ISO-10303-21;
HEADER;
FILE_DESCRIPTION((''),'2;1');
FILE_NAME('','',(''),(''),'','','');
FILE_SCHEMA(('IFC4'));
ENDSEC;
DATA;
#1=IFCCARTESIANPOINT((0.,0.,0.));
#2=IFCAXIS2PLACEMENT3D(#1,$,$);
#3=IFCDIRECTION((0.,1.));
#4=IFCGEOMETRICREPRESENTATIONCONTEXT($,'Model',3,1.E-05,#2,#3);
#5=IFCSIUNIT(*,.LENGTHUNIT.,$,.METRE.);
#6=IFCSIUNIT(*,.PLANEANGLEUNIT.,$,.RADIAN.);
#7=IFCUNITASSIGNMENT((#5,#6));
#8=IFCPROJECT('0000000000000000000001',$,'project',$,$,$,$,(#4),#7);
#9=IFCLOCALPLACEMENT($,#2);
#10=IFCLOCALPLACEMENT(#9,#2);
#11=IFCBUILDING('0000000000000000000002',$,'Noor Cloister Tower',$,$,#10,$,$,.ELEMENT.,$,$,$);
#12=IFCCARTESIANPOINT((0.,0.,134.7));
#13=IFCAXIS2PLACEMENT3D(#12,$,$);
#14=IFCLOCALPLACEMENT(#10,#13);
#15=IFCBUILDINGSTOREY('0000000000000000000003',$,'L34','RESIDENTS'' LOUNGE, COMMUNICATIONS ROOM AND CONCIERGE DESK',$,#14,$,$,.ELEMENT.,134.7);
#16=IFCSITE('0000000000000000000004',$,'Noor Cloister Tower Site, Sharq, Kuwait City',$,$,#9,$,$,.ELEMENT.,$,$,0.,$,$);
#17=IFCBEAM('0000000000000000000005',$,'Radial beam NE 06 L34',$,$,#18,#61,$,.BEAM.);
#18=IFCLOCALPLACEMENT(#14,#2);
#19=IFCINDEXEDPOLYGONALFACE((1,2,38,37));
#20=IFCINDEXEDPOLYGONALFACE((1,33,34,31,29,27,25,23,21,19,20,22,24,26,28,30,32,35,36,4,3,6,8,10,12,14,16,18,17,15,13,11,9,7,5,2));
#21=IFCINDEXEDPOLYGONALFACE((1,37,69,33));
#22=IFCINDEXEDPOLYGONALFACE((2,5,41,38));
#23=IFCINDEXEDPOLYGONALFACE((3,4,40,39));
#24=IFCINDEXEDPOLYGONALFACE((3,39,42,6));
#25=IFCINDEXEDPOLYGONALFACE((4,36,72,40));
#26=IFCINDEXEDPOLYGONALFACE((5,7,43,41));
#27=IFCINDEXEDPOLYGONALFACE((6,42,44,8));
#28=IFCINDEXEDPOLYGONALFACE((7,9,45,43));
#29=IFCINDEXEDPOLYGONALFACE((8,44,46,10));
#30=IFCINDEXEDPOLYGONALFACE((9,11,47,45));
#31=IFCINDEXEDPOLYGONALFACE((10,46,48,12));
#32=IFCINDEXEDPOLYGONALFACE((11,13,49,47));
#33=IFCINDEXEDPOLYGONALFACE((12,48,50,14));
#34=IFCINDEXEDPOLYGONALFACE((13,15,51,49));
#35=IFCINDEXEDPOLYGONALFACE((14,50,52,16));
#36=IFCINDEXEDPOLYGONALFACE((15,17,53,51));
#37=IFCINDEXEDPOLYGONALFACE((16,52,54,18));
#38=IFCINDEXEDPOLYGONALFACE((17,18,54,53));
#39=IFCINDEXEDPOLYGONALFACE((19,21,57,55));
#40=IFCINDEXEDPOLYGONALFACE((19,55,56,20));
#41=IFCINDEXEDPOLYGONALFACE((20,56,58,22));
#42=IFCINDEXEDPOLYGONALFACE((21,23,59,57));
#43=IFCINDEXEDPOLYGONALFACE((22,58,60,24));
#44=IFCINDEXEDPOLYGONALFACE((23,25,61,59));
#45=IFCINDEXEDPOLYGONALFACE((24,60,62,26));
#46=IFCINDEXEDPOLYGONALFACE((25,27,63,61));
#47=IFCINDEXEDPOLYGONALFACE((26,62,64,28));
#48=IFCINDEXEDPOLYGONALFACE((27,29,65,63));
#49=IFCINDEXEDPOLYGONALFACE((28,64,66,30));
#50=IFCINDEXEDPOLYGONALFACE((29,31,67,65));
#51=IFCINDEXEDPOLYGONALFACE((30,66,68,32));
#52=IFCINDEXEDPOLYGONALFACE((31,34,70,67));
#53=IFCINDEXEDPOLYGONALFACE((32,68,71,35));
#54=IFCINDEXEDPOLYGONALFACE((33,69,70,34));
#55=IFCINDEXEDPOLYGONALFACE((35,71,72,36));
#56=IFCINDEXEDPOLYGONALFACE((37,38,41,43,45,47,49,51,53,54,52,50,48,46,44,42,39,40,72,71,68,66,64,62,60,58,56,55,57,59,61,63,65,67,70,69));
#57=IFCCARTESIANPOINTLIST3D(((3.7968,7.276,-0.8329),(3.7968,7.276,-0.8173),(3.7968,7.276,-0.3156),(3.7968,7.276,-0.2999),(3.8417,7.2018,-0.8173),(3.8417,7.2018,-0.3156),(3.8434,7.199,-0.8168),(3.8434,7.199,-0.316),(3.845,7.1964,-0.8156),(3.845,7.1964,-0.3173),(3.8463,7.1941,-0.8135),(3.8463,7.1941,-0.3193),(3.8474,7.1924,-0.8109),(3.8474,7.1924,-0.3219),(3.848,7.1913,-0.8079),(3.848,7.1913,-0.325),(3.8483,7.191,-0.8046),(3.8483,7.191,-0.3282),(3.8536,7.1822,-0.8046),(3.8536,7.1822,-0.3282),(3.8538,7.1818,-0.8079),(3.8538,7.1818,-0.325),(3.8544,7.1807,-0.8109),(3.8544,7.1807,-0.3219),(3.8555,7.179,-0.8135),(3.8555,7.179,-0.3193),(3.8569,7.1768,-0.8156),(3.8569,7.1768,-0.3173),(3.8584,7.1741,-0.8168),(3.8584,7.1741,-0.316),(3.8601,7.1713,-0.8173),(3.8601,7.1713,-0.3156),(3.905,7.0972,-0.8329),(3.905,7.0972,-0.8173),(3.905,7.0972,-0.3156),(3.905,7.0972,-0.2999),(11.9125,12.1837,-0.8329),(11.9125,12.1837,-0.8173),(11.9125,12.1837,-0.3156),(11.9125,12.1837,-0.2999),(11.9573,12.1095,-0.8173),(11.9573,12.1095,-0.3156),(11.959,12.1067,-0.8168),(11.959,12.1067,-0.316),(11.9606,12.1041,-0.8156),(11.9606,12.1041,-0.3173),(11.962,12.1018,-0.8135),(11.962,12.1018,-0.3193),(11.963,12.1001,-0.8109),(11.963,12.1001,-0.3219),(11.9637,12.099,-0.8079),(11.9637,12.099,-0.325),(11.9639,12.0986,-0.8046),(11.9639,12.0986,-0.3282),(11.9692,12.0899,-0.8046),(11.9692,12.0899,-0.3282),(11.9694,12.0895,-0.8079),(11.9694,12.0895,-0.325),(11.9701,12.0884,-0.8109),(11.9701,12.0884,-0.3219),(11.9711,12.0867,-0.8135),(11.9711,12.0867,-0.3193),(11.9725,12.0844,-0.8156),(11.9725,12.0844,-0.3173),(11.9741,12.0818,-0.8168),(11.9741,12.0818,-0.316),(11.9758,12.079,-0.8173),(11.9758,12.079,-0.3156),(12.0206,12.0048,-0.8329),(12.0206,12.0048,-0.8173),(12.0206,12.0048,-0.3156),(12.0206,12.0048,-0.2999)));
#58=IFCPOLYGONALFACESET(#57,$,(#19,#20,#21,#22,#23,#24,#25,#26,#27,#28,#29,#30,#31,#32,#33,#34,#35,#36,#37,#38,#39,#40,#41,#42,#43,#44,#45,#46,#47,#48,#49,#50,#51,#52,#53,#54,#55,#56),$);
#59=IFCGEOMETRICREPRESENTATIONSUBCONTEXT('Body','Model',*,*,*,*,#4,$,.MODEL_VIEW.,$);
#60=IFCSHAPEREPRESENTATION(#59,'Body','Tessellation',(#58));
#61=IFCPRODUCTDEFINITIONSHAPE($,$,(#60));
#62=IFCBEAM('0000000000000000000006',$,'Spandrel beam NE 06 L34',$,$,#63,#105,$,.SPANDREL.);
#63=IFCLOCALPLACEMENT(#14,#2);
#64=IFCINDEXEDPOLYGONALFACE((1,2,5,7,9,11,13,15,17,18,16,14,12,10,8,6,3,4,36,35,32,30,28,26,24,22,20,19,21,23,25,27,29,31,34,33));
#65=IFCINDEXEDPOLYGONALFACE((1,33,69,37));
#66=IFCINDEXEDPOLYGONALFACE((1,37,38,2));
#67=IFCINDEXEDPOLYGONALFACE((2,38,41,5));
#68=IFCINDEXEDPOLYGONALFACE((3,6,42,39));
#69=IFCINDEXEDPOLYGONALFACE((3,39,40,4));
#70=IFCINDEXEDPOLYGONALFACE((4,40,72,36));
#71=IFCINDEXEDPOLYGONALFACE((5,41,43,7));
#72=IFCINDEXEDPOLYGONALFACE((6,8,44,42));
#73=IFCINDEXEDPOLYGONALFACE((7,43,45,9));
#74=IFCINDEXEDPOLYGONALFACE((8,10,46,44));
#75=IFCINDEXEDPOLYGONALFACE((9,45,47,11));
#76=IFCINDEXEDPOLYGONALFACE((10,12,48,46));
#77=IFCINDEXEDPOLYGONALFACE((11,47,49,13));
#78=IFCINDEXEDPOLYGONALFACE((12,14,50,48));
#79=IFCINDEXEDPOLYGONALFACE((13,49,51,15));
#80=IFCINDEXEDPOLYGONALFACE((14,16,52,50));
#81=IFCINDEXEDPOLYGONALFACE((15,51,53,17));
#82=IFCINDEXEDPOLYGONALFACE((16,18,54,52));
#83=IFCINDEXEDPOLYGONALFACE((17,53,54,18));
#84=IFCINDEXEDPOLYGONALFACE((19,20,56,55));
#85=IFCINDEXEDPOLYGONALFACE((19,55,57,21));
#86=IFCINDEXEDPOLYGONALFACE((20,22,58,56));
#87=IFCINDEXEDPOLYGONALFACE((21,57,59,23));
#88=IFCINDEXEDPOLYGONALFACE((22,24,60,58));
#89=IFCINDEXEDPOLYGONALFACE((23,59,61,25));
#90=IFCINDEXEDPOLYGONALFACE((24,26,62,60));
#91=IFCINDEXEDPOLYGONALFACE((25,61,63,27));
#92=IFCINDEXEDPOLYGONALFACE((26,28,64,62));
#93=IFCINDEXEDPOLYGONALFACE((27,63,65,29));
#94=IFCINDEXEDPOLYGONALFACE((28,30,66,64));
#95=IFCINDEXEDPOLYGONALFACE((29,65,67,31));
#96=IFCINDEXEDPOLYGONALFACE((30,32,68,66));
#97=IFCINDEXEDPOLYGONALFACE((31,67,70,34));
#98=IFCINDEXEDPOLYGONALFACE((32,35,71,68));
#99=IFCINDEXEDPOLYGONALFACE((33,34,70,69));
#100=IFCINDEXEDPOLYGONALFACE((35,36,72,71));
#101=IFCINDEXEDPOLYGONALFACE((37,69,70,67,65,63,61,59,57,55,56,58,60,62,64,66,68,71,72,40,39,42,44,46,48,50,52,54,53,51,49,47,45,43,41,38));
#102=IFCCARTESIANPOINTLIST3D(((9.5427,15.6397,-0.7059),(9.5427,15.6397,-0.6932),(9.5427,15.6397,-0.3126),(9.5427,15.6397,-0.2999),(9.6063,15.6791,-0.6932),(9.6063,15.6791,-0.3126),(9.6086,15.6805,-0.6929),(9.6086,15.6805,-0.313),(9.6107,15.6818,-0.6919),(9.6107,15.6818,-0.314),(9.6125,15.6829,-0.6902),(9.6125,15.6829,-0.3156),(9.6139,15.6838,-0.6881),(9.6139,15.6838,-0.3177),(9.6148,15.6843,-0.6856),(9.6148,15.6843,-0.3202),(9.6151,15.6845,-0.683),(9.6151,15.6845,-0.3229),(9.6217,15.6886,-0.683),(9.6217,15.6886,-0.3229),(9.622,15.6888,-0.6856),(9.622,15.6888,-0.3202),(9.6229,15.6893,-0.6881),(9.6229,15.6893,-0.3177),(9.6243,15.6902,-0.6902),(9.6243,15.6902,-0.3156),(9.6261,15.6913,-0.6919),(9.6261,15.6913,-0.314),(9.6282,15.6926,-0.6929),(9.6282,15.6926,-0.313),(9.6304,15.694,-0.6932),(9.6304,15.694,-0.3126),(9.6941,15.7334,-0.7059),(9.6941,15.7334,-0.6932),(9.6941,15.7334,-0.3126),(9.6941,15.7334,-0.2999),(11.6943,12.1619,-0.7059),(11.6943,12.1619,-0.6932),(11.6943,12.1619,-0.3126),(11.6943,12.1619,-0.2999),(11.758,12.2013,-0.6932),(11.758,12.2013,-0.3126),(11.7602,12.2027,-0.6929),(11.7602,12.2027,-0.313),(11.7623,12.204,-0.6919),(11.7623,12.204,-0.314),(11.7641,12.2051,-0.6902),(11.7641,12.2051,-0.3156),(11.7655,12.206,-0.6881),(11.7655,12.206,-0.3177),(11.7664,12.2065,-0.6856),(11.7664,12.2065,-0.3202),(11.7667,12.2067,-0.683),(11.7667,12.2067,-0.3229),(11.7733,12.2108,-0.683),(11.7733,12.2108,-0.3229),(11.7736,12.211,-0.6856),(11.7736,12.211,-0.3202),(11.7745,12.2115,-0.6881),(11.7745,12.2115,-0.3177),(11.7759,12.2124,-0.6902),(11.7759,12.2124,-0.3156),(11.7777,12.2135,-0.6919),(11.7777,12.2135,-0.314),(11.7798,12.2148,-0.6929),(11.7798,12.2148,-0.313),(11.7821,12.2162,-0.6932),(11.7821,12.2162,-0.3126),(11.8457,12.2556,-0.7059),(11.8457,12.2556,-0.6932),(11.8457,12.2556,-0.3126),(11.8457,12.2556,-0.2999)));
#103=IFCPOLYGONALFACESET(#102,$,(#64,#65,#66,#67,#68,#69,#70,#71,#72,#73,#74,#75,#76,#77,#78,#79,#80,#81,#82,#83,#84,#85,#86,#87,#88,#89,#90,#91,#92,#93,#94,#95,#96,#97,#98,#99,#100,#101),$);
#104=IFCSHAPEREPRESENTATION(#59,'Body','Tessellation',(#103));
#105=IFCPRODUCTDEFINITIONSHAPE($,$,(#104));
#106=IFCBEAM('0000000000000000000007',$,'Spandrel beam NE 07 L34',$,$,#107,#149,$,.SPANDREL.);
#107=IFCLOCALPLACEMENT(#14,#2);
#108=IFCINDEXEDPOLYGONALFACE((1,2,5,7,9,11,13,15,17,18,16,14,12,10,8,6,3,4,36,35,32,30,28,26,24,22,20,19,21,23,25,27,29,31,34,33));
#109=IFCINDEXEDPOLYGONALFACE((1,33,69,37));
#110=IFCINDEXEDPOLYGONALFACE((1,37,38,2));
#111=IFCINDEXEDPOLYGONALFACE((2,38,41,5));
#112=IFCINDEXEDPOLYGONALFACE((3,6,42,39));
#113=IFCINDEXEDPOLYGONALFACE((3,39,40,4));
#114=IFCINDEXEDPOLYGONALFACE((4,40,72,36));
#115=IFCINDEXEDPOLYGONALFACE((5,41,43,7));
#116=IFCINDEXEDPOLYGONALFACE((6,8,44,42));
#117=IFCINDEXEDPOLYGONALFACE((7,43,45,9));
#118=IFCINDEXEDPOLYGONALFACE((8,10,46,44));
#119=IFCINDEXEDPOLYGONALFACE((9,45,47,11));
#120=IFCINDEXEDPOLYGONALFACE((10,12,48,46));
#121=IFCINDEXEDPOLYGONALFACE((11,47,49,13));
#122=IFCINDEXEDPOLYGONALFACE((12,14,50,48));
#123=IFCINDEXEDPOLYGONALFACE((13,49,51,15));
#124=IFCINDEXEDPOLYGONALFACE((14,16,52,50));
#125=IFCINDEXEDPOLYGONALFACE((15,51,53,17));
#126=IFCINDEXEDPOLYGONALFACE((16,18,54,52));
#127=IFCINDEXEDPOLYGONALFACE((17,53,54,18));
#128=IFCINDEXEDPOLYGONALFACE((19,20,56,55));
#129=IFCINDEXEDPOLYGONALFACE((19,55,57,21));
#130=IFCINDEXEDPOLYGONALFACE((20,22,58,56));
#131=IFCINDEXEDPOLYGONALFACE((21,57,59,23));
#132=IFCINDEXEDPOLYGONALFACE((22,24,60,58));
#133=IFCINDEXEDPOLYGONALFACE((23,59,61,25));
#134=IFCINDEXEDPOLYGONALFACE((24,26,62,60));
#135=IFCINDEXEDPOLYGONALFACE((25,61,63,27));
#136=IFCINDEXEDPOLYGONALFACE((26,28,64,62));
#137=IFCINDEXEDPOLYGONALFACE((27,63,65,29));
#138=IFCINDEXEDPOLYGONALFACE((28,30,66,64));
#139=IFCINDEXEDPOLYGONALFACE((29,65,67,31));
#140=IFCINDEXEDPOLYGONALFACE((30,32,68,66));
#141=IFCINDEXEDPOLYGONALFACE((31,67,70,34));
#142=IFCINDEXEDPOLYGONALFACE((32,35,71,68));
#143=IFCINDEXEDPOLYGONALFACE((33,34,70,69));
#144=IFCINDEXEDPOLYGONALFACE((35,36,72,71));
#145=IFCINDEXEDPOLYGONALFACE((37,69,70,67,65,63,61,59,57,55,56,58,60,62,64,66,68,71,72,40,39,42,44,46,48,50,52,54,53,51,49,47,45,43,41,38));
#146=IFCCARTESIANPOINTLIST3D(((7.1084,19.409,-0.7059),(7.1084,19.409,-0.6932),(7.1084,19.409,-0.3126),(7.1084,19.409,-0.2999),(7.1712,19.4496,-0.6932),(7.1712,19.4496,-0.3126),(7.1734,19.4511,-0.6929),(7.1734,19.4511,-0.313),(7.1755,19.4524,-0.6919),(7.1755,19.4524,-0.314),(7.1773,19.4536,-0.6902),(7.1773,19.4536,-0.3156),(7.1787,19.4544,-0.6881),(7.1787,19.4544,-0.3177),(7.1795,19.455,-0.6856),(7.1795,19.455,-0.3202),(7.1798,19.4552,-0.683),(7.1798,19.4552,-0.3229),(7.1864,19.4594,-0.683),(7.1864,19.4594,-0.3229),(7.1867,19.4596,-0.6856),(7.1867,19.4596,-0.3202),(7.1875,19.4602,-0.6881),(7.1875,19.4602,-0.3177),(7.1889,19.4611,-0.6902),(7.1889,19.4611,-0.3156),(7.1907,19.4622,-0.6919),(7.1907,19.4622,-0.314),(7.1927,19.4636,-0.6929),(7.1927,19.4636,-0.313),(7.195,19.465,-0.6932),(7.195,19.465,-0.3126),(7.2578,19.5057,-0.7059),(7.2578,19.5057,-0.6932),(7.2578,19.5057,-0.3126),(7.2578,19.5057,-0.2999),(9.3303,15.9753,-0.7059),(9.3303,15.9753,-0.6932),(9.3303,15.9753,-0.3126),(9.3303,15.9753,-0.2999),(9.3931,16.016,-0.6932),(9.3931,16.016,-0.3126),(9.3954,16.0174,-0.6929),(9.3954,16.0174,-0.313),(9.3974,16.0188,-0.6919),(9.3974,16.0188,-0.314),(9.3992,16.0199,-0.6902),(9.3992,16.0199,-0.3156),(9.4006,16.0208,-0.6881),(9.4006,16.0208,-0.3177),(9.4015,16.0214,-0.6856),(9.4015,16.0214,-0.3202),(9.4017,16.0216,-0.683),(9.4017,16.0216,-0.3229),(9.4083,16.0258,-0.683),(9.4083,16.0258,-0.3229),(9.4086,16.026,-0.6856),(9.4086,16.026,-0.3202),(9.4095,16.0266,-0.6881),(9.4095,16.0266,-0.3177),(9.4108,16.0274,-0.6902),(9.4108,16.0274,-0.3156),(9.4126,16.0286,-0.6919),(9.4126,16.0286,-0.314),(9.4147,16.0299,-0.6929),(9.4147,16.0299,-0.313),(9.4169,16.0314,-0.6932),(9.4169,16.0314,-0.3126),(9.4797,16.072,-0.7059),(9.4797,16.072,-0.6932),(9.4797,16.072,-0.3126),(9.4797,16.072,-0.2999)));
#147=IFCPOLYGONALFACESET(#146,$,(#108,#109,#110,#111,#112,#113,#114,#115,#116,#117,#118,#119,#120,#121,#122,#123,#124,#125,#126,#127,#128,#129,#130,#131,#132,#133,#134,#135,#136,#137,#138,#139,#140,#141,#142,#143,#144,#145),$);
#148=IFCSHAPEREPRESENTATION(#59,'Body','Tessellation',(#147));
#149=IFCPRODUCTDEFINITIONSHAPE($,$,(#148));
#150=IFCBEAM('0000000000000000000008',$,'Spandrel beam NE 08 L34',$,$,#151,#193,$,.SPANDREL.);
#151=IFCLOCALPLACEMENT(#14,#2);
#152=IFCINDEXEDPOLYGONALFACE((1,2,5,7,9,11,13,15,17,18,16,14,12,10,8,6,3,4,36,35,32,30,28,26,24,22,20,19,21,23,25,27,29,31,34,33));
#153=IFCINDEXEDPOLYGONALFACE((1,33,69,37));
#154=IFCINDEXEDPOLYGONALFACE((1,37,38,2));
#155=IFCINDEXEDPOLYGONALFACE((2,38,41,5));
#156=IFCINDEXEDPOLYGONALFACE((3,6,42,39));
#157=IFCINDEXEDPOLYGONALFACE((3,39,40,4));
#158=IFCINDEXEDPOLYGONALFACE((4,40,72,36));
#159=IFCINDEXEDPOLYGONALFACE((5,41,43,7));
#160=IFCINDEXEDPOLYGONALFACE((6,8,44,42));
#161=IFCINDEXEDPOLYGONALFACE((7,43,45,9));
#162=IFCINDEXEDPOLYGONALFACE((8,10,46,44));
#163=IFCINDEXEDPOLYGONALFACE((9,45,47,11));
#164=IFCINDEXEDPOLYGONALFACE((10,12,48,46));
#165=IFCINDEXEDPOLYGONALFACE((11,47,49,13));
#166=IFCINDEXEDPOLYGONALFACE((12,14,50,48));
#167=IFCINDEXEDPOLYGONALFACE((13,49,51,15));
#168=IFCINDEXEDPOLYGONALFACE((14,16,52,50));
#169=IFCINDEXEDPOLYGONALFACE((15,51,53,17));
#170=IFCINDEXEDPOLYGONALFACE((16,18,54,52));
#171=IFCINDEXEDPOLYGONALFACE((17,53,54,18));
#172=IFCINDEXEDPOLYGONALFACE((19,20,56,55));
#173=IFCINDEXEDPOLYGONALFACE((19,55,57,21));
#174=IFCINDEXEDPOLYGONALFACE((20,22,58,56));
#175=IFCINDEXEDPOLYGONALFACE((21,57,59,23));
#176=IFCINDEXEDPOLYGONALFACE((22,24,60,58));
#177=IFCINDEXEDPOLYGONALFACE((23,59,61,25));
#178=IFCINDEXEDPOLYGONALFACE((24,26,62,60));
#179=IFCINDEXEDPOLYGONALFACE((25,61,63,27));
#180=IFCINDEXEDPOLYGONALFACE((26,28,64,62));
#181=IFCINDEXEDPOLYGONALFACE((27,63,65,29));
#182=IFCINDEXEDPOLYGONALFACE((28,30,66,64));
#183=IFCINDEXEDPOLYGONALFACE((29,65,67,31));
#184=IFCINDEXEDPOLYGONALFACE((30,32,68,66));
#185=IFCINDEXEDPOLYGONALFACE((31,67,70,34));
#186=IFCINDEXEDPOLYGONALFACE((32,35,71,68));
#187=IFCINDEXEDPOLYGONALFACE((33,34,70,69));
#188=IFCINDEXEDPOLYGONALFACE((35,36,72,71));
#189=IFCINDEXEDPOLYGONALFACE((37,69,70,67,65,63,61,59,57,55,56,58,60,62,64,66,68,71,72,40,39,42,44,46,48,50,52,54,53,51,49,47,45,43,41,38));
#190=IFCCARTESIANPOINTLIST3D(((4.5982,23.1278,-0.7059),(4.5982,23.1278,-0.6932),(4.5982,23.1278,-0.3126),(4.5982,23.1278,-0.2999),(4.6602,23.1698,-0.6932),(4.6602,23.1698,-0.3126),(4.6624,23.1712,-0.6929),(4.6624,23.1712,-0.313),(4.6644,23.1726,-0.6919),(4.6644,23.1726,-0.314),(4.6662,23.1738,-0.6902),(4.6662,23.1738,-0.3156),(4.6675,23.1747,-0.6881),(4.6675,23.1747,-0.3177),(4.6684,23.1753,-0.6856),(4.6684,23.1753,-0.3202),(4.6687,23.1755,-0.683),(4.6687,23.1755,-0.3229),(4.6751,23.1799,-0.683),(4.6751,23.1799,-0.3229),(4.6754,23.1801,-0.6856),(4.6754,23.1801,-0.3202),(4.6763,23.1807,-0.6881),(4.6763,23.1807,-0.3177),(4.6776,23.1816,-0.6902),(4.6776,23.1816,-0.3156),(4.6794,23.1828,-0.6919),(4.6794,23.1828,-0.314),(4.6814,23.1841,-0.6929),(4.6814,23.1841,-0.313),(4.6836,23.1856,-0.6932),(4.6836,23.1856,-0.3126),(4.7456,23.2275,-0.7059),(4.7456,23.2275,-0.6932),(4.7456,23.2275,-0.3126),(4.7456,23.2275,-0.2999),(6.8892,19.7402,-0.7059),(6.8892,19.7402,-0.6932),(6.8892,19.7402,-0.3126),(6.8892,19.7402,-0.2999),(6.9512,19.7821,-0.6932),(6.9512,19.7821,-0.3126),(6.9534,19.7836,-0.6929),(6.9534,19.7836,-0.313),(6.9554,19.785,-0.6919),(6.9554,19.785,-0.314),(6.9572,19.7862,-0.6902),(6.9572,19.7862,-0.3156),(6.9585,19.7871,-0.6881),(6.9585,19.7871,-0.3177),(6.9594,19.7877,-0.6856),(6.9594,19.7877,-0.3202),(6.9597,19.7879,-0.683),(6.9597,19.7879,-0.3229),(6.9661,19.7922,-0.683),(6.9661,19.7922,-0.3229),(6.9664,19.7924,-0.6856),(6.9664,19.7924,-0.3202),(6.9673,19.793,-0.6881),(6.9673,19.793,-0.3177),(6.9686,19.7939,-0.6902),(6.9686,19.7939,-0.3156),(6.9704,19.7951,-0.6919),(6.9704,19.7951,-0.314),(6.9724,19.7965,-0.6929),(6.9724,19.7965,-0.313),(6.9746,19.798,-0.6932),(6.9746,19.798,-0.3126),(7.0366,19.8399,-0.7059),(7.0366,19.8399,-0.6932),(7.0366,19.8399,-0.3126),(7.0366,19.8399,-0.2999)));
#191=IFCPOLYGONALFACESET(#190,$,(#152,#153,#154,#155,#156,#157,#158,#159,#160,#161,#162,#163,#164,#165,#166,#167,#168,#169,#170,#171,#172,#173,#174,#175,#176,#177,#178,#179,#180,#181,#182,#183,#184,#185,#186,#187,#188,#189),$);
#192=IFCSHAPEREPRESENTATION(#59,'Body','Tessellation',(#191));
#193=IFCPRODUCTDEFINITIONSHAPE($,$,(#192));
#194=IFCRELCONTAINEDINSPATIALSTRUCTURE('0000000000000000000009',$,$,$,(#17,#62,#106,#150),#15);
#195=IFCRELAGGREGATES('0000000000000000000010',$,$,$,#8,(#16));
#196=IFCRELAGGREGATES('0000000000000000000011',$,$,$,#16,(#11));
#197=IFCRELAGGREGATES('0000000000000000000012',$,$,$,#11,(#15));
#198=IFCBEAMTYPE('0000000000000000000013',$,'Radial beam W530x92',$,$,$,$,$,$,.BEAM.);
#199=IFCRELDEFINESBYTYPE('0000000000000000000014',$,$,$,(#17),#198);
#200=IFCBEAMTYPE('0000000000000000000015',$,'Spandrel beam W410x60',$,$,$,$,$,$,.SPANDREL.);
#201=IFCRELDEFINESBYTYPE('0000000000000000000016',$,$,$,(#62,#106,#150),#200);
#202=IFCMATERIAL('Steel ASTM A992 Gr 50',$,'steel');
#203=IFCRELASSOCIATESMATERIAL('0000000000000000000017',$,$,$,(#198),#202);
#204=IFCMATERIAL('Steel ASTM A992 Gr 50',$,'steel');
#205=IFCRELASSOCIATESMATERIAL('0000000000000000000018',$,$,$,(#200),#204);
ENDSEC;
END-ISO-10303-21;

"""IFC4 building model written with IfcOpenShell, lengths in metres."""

from ifc_helpers import new_model, si_unit, direction, frame, origin, origin_2d, place, context, subcontext, project, spatial, i_section, extrude, material, material_profile, profile_set, type_object, element, save


model = new_model("IFC4")

# Units and contexts
model_context = context("Model", 3, precision=1e-05, world=origin(), true_north=direction((0.0, 1.0)))
body_context = subcontext(model_context, "Body", "Model", "MODEL_VIEW")
ifc_project = project(units=[si_unit("LENGTHUNIT", "METRE"), si_unit("PLANEANGLEUNIT", "RADIAN")], contexts=[model_context])

# Site, building, storey
site_placement = place(None, origin())
site = spatial("IfcSite", under=ifc_project, at=site_placement, Name="Noor Cloister Tower Site, Sharq, Kuwait City", CompositionType="ELEMENT", RefElevation=0.0)
building_placement = place(site_placement, origin())
building = spatial("IfcBuilding", under=site, at=building_placement, Name="Noor Cloister Tower", CompositionType="ELEMENT")
storey_placement = place(building_placement, frame((0.0, 0.0, 134.7)))
storey = spatial("IfcBuildingStorey", under=building, at=storey_placement, Name="L34", Description="RESIDENTS' LOUNGE, COMMUNICATIONS ROOM AND CONCIERGE DESK", CompositionType="ELEMENT", Elevation=134.7)

# Beams
ifc_material_1 = material(Name="Steel ASTM A992 Gr 50", Category="steel")
ifc_material_profile_1 = material_profile(ifc_material_1, i_section(OverallWidth=0.209, OverallDepth=0.533, WebThickness=0.0103, FlangeThickness=0.0156, FilletRadius=0.0127, at=origin_2d()), Name="W530x92")
ifc_profile_set_1 = profile_set([ifc_material_profile_1], Name="Steel ASTM A992 Gr 50")
beam_type_1 = type_object("IfcBeamType", Name="Radial beam W530x92", PredefinedType="BEAM", material=ifc_profile_set_1)
beam_1_placement = place(storey_placement, frame((11.9666, 12.0942, -0.5664), z_axis=(-0.855707, -0.517461, 0.0), x_axis=(0.517461, -0.855707, 0.0)))
element("IfcBeam", 1, at=beam_1_placement, inside=storey, type_object=beam_type_1, Name="Radial beam NE 06 L34", PredefinedType="BEAM", context=body_context, shape_type="SweptSolid", body=[
    extrude(i_section(OverallWidth=0.209, OverallDepth=0.533, WebThickness=0.0103, FlangeThickness=0.0156, FilletRadius=0.0127, at=origin_2d()), origin(), (0.0, 0.0, 1.0), 9.4841),
])
ifc_material_2 = material(Name="Steel ASTM A992 Gr 50", Category="steel")
ifc_material_profile_2 = material_profile(ifc_material_2, i_section(OverallWidth=0.178, OverallDepth=0.406, WebThickness=0.0078, FlangeThickness=0.0127, FilletRadius=0.0103, at=origin_2d()), Name="W410x60")
ifc_profile_set_2 = profile_set([ifc_material_profile_2], Name="Steel ASTM A992 Gr 50")
beam_type_2 = type_object("IfcBeamType", Name="Spandrel beam W410x60", PredefinedType="SPANDREL", material=ifc_profile_set_2)
beam_2_placement = place(storey_placement, frame((11.77, 12.2087, -0.5029), z_axis=(-0.526124, 0.850408, 0.0), x_axis=(-0.850408, -0.526124, 0.0)))
element("IfcBeam", 2, at=beam_2_placement, inside=storey, type_object=beam_type_2, Name="Spandrel beam NE 06 L34", PredefinedType="SPANDREL", context=body_context, shape_type="SweptSolid", body=[
    extrude(i_section(OverallWidth=0.178, OverallDepth=0.406, WebThickness=0.0078, FlangeThickness=0.0127, FilletRadius=0.0103, at=origin_2d()), origin(), (0.0, 0.0, 1.0), 4.0896),
])
beam_3_placement = place(storey_placement, frame((9.405, 16.0237, -0.5029), z_axis=(-0.543283, 0.839549, 0.0), x_axis=(-0.839549, -0.543283, 0.0)))
element("IfcBeam", 3, at=beam_3_placement, inside=storey, type_object=beam_type_2, Name="Spandrel beam NE 07 L34", PredefinedType="SPANDREL", context=body_context, shape_type="SweptSolid", body=[
    extrude(i_section(OverallWidth=0.178, OverallDepth=0.406, WebThickness=0.0078, FlangeThickness=0.0127, FilletRadius=0.0103, at=origin_2d()), origin(), (0.0, 0.0, 1.0), 4.0898),
])
beam_4_placement = place(storey_placement, frame((6.9629, 19.79, -0.5029), z_axis=(-0.560199, 0.828358, 0.0), x_axis=(-0.828358, -0.560199, 0.0)))
element("IfcBeam", 4, at=beam_4_placement, inside=storey, type_object=beam_type_2, Name="Spandrel beam NE 08 L34", PredefinedType="SPANDREL", context=body_context, shape_type="SweptSolid", body=[
    extrude(i_section(OverallWidth=0.178, OverallDepth=0.406, WebThickness=0.0078, FlangeThickness=0.0127, FilletRadius=0.0103, at=origin_2d()), origin(), (0.0, 0.0, 1.0), 4.0896),
])

save(model, "model.ifc")
